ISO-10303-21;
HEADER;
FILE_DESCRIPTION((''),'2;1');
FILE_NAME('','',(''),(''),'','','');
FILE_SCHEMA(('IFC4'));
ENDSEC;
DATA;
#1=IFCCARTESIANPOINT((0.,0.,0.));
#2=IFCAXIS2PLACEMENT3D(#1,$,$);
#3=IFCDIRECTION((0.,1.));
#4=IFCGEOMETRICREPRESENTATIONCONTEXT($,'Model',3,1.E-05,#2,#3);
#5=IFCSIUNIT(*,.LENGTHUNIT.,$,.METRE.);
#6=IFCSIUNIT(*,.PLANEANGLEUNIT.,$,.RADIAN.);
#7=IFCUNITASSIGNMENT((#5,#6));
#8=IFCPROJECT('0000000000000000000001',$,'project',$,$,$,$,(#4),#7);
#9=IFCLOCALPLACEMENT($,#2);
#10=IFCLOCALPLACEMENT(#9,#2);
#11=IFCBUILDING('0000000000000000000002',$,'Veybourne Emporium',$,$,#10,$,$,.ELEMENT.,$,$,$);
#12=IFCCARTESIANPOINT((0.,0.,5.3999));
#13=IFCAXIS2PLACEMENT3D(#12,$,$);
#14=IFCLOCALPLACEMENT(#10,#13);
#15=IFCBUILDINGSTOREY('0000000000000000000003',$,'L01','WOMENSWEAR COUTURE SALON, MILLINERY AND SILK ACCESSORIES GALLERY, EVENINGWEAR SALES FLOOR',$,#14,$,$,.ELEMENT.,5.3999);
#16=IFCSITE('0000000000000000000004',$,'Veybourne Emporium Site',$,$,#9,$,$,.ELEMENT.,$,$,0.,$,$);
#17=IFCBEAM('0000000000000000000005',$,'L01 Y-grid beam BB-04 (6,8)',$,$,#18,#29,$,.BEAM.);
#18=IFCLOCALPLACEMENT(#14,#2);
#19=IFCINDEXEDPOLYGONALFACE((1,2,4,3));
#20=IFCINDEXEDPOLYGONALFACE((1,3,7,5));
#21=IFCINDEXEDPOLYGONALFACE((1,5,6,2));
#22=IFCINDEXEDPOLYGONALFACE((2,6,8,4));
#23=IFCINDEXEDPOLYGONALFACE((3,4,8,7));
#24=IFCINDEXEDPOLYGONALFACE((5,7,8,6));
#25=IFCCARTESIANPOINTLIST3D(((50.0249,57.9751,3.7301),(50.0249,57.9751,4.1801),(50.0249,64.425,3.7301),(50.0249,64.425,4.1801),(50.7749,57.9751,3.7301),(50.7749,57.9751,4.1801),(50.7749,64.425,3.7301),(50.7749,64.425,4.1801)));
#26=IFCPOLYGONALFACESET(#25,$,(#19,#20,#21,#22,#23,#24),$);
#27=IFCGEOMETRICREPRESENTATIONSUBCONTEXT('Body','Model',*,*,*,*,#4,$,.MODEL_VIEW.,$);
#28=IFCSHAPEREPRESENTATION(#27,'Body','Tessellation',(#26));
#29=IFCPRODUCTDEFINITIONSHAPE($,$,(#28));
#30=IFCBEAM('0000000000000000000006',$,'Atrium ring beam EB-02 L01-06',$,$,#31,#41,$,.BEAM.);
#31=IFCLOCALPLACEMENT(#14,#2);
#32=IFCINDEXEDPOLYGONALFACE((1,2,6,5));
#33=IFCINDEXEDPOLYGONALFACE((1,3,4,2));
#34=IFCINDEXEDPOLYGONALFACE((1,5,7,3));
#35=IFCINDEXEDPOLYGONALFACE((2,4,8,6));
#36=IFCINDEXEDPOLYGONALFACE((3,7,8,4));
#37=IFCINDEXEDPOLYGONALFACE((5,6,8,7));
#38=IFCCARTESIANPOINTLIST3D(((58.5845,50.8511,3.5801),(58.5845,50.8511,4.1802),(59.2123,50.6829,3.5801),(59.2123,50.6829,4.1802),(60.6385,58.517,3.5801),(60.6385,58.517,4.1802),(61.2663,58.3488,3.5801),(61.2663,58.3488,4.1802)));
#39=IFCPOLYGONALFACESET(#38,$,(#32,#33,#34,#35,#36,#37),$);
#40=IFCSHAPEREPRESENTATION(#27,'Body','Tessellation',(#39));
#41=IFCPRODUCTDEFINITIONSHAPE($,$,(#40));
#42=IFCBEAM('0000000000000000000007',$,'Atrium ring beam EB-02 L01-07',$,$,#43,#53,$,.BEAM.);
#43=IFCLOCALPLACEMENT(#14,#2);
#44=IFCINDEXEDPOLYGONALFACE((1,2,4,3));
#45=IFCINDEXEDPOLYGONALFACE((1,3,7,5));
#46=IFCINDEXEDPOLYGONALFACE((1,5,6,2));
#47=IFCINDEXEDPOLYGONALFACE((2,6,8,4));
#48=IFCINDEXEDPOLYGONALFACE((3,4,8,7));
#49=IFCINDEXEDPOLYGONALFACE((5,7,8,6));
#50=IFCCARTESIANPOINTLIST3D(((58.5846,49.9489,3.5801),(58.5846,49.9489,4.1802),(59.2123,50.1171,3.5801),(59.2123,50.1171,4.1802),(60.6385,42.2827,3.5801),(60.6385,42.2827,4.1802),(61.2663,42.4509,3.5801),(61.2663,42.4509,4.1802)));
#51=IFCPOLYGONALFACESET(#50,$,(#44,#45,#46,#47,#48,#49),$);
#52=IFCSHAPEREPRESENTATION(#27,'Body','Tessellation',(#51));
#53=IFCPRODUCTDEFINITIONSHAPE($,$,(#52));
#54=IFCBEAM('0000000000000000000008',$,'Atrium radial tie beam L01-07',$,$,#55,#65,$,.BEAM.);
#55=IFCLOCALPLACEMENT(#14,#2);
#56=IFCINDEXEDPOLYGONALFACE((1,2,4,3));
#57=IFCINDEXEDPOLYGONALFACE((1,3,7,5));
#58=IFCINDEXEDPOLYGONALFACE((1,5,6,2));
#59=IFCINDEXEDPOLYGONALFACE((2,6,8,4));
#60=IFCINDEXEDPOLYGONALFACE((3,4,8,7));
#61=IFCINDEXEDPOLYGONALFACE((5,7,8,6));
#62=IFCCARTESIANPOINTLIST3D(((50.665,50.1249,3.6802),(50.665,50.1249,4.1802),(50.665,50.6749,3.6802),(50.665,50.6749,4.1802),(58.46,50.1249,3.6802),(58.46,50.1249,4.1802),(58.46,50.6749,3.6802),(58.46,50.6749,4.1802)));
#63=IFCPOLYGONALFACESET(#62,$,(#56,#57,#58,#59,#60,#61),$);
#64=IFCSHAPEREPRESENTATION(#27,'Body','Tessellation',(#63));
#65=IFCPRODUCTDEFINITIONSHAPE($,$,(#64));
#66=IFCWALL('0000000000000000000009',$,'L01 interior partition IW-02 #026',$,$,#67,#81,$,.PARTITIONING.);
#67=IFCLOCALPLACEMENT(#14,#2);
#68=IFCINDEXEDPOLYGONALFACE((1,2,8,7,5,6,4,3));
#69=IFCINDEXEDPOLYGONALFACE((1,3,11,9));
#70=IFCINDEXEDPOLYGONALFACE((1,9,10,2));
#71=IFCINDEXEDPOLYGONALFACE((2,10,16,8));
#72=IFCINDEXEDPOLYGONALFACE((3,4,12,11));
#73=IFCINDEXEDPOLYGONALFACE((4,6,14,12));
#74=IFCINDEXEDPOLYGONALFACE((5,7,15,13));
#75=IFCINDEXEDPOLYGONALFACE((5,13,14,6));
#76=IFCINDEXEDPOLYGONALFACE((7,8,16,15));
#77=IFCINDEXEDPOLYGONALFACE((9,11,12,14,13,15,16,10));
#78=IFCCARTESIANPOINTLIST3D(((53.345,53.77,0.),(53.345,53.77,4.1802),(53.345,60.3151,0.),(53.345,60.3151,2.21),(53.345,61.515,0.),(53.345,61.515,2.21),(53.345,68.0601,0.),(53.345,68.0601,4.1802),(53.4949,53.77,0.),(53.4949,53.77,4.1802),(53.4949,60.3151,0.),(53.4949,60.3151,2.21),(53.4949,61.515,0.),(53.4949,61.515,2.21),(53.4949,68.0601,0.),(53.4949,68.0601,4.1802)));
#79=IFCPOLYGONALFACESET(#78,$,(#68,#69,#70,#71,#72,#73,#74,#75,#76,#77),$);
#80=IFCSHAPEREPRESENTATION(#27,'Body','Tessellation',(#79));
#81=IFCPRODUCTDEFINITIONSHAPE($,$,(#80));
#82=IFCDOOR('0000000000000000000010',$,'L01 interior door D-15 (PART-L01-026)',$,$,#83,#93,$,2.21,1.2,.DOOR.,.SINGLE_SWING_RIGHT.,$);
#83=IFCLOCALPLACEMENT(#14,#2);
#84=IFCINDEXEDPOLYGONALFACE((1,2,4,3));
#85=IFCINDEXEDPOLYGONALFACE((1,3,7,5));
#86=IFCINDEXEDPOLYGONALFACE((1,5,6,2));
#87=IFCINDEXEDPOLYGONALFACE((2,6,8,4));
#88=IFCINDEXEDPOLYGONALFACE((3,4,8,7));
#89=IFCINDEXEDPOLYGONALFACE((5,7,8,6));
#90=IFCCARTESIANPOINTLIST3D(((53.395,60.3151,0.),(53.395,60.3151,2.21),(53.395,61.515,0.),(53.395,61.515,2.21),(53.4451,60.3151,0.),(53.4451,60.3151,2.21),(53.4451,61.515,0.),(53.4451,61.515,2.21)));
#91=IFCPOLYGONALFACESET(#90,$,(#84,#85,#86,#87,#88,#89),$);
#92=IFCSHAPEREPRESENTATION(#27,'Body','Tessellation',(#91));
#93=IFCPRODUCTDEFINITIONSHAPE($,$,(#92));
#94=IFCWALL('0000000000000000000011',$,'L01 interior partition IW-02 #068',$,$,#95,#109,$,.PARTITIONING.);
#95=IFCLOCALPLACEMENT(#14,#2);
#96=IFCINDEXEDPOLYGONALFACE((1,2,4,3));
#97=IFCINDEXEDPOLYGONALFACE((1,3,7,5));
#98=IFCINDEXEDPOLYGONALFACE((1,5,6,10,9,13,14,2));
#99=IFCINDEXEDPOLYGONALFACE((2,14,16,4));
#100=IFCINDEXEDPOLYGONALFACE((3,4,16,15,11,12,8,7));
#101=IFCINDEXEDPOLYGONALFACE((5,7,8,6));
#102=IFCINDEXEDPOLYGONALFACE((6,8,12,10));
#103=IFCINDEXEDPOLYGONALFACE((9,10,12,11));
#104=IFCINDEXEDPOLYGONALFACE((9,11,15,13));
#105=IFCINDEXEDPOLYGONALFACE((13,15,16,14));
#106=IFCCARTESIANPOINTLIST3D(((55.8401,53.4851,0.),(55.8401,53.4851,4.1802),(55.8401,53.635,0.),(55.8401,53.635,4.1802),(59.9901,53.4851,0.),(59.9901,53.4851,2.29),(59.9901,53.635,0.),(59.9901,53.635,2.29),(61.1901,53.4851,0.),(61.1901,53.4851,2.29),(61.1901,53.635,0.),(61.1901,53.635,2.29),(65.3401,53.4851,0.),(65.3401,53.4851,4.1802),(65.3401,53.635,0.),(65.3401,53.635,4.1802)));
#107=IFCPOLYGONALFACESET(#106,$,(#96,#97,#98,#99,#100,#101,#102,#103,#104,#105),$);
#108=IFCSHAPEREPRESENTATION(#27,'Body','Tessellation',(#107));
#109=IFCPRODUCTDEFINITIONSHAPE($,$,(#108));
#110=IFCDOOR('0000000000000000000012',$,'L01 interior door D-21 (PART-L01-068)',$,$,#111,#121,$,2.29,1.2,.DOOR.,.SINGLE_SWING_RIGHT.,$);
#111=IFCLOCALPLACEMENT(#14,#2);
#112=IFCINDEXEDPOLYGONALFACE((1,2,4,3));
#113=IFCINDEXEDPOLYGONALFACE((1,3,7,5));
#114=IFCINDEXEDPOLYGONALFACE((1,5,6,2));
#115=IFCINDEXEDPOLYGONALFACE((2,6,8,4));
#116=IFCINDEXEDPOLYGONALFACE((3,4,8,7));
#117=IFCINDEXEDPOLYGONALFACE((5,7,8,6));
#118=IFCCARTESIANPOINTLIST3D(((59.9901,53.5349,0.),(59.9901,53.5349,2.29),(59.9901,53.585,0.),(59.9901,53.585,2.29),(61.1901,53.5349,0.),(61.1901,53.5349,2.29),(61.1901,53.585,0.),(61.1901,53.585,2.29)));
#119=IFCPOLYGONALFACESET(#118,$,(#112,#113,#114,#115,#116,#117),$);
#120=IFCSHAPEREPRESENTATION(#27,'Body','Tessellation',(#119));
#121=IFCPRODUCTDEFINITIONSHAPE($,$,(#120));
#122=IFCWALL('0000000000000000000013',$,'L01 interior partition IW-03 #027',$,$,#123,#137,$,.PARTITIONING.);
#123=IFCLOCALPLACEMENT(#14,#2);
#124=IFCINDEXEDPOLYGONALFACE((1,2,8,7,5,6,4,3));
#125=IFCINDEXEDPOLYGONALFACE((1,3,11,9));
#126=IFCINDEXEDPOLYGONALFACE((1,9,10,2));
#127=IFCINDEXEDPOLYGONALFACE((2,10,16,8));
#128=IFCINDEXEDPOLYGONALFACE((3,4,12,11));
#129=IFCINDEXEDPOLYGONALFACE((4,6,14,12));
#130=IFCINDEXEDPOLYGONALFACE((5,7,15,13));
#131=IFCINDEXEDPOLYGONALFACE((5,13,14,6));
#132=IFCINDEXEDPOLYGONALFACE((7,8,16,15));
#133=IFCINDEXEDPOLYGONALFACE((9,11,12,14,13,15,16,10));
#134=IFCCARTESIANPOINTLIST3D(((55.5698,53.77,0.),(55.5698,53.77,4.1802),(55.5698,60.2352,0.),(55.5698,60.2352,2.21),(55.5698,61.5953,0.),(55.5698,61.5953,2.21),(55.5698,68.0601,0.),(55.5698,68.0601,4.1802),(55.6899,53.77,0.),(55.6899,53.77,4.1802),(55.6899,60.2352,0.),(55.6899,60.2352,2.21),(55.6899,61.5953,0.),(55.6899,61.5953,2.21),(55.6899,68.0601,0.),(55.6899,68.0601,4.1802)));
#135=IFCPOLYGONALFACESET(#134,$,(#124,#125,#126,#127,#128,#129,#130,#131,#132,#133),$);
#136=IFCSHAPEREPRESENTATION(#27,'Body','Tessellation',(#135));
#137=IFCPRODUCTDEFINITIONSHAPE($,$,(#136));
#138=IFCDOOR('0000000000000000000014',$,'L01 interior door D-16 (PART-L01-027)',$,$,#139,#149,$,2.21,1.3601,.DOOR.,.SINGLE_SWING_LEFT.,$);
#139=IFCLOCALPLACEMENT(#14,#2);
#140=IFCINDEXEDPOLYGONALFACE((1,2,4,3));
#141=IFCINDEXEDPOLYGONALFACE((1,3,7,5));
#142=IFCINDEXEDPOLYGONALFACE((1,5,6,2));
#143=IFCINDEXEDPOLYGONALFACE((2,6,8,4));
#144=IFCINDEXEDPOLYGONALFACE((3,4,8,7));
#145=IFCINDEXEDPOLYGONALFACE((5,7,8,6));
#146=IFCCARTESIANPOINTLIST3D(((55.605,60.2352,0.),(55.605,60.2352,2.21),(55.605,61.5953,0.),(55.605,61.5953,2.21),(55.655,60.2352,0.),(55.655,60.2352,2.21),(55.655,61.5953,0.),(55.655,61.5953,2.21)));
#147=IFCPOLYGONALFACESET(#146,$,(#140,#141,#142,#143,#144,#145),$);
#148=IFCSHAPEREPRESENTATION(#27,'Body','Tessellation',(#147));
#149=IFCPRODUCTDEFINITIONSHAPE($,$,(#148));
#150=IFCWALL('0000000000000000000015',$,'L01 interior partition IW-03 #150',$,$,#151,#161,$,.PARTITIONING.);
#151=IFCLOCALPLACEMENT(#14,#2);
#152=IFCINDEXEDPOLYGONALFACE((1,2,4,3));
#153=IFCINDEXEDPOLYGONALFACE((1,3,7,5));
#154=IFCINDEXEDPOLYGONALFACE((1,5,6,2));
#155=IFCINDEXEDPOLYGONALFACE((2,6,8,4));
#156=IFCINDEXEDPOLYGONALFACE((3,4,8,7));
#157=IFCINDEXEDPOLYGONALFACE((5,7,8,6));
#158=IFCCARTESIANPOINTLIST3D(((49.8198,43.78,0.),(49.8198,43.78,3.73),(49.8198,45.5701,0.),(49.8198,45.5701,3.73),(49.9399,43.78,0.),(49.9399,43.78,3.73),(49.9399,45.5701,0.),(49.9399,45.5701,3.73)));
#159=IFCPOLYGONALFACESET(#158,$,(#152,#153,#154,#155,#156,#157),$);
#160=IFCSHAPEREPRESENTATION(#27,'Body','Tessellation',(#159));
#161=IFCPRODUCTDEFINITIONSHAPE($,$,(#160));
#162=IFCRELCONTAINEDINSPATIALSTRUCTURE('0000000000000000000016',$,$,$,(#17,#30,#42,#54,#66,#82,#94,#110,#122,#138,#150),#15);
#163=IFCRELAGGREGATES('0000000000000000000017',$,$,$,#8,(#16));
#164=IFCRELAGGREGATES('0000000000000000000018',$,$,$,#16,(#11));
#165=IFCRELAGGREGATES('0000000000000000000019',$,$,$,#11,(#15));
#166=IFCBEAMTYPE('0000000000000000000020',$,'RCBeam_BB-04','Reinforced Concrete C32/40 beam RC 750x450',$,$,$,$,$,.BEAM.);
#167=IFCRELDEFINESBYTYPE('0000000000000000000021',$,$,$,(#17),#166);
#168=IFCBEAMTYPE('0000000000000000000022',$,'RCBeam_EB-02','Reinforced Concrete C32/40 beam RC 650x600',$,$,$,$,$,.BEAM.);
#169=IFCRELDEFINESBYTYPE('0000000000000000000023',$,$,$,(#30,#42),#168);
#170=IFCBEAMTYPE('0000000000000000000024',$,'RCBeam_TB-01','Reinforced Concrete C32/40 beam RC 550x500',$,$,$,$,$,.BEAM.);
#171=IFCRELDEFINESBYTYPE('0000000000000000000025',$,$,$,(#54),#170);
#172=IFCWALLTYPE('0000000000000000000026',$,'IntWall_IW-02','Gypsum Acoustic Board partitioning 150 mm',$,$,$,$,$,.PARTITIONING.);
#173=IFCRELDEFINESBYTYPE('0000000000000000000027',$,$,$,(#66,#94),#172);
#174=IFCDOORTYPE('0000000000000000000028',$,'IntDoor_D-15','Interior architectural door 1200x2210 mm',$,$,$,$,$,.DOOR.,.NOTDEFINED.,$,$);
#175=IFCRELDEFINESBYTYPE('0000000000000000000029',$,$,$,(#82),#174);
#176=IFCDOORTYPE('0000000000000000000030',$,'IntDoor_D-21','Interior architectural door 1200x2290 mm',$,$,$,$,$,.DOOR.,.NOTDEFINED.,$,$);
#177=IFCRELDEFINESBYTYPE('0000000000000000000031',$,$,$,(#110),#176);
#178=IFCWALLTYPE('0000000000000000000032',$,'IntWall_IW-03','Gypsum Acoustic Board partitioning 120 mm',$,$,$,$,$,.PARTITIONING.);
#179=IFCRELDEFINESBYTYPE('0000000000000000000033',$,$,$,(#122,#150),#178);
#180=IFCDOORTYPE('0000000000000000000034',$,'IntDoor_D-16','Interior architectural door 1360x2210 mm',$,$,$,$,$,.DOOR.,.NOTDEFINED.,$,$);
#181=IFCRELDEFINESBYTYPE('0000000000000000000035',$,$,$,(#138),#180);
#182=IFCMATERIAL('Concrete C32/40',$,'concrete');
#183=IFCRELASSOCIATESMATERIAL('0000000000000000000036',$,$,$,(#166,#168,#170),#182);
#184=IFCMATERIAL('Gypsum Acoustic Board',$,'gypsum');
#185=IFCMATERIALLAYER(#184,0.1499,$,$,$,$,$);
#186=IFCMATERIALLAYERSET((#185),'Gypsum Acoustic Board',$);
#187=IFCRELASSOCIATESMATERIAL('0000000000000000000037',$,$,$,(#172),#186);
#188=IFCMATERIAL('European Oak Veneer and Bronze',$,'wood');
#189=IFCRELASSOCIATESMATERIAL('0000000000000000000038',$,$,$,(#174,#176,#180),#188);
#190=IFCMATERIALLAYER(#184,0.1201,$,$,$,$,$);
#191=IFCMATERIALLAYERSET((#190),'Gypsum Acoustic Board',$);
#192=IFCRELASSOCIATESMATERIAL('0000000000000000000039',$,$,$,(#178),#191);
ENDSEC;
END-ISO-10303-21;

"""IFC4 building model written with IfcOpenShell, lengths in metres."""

from ifc_helpers import new_model, si_unit, direction, frame, frame_2d, origin, origin_2d, place, context, subcontext, project, spatial, rectangle, extrude, material, layer, layer_set, material_profile, profile_set, type_object, element, fill, save


model = new_model("IFC4")

# Units and contexts
model_context = context("Model", 3, precision=1e-05, world=origin(), true_north=direction((0.0, 1.0)))
body_context = subcontext(model_context, "Body", "Model", "MODEL_VIEW")
ifc_project = project(units=[si_unit("LENGTHUNIT", "METRE"), si_unit("PLANEANGLEUNIT", "RADIAN")], contexts=[model_context])

# Site, building, storey
site_placement = place(None, origin())
site = spatial("IfcSite", under=ifc_project, at=site_placement, Name="Veybourne Emporium Site", CompositionType="ELEMENT", RefElevation=0.0)
building_placement = place(site_placement, origin())
building = spatial("IfcBuilding", under=site, at=building_placement, Name="Veybourne Emporium", CompositionType="ELEMENT")
storey_placement = place(building_placement, frame((0.0, 0.0, 5.3999)))
storey = spatial("IfcBuildingStorey", under=building, at=storey_placement, Name="L01", Description="WOMENSWEAR COUTURE SALON, MILLINERY AND SILK ACCESSORIES GALLERY, EVENINGWEAR SALES FLOOR", CompositionType="ELEMENT", Elevation=5.3999)

# Beams
ifc_material_1 = material(Name="Concrete C32/40", Category="concrete")
ifc_material_profile_1 = material_profile(ifc_material_1, rectangle(XDim=0.75, YDim=0.45, at=origin_2d()), Name="RC 750x450")
ifc_profile_set_1 = profile_set([ifc_material_profile_1], Name="Concrete C32/40")
beam_type_1 = type_object("IfcBeamType", Name="RCBeam_BB-04", Description="Reinforced Concrete C32/40 beam RC 750x450", PredefinedType="BEAM", material=ifc_profile_set_1)
beam_1_placement = place(storey_placement, frame((50.3999, 57.9751, 3.9551), z_axis=(0.0, 1.0, 0.0), x_axis=(-1.0, 0.0, 0.0)))
element("IfcBeam", 1, at=beam_1_placement, inside=storey, type_object=beam_type_1, Name="L01 Y-grid beam BB-04 (6,8)", PredefinedType="BEAM", context=body_context, shape_type="SweptSolid", body=[
    extrude(rectangle(XDim=0.75, YDim=0.45, at=origin_2d()), origin(), (0.0, 0.0, 1.0), 6.45),
])
ifc_material_profile_2 = material_profile(ifc_material_1, rectangle(XDim=0.6499, YDim=0.6001, at=origin_2d()), Name="RC 650x600")
ifc_profile_set_2 = profile_set([ifc_material_profile_2], Name="Concrete C32/40")
beam_type_2 = type_object("IfcBeamType", Name="RCBeam_EB-02", Description="Reinforced Concrete C32/40 beam RC 650x600", PredefinedType="BEAM", material=ifc_profile_set_2)
beam_2_placement = place(storey_placement, frame((60.9524, 58.4329, 3.8801), z_axis=(-0.258809, -0.965928, 0.0), x_axis=(0.965928, -0.258809, 0.0)))
element("IfcBeam", 2, at=beam_2_placement, inside=storey, type_object=beam_type_2, Name="Atrium ring beam EB-02 L01-06", PredefinedType="BEAM", context=body_context, shape_type="SweptSolid", body=[
    extrude(rectangle(XDim=0.6499, YDim=0.6001, at=origin_2d()), origin(), (0.0, 0.0, 1.0), 7.9363),
])
beam_3_placement = place(storey_placement, frame((58.8984, 50.033, 3.8801), z_axis=(0.258802, -0.96593, 0.0), x_axis=(0.96593, 0.258802, 0.0)))
element("IfcBeam", 3, at=beam_3_placement, inside=storey, type_object=beam_type_2, Name="Atrium ring beam EB-02 L01-07", PredefinedType="BEAM", context=body_context, shape_type="SweptSolid", body=[
    extrude(rectangle(XDim=0.6499, YDim=0.6001, at=origin_2d()), origin(), (0.0, 0.0, 1.0), 7.9365),
])
ifc_material_profile_3 = material_profile(ifc_material_1, rectangle(XDim=0.55, YDim=0.5, at=origin_2d()), Name="RC 550x500")
ifc_profile_set_3 = profile_set([ifc_material_profile_3], Name="Concrete C32/40")
beam_type_3 = type_object("IfcBeamType", Name="RCBeam_TB-01", Description="Reinforced Concrete C32/40 beam RC 550x500", PredefinedType="BEAM", material=ifc_profile_set_3)
beam_4_placement = place(storey_placement, frame((58.46, 50.3999, 3.9302), z_axis=(-1.0, 0.0, 0.0), x_axis=(0.0, -1.0, 0.0)))
element("IfcBeam", 4, at=beam_4_placement, inside=storey, type_object=beam_type_3, Name="Atrium radial tie beam L01-07", PredefinedType="BEAM", context=body_context, shape_type="SweptSolid", body=[
    extrude(rectangle(XDim=0.55, YDim=0.5, at=origin_2d()), origin(), (0.0, 0.0, 1.0), 7.7949),
])

# Walls, openings, doors
ifc_material_2 = material(Name="Gypsum Acoustic Board", Category="gypsum")
ifc_layer_1 = layer(ifc_material_2, 0.1499)
ifc_layer_set_1 = layer_set([ifc_layer_1], Name="Gypsum Acoustic Board")
wall_type_1 = type_object("IfcWallType", Name="IntWall_IW-02", Description="Gypsum Acoustic Board partitioning 150 mm", PredefinedType="PARTITIONING", material=ifc_layer_set_1)
wall_1_placement = place(storey_placement, frame((53.4199, 53.77, 0.0), z_axis=(0.0, 0.0, 1.0), x_axis=(0.0, 1.0, 0.0)))
wall_1 = element("IfcWall", 5, at=wall_1_placement, inside=storey, type_object=wall_type_1, Name="L01 interior partition IW-02 #026", PredefinedType="PARTITIONING", context=body_context, shape_type="SweptSolid", body=[
    extrude(rectangle(XDim=14.29, YDim=0.1499, at=frame_2d((7.145, 0.0))), origin(), (0.0, 0.0, 1.0), 4.1802),
])
opening_1_placement = place(wall_1_placement, frame((6.5449, 0.0, 0.0)))
opening_1 = element("IfcOpeningElement", 6, at=opening_1_placement, cuts=wall_1, PredefinedType="OPENING", context=body_context, shape_type="SweptSolid", body=[
    extrude(rectangle(XDim=1.2, YDim=2.21, at=frame_2d((0.6001, 1.105))), frame((0.0, 0.095, 0.0), z_axis=(0.0, -1.0, 0.0), x_axis=(1.0, 0.0, 0.0)), (0.0, 0.0, 1.0), 0.1899),
])
ifc_material_3 = material(Name="European Oak Veneer and Bronze", Category="wood")
door_type_1 = type_object("IfcDoorType", Name="IntDoor_D-15", Description="Interior architectural door 1200x2210 mm", OperationType="NOTDEFINED", PredefinedType="DOOR", material=ifc_material_3)
door_1_placement = place(opening_1_placement, origin())
door_1 = element("IfcDoor", 7, at=door_1_placement, inside=storey, type_object=door_type_1, Name="L01 interior door D-15 (PART-L01-026)", OperationType="SINGLE_SWING_RIGHT", OverallHeight=2.21, OverallWidth=1.2, PredefinedType="DOOR", context=body_context, shape_type="SweptSolid", body=[
    extrude(rectangle(XDim=1.2, YDim=2.21, at=frame_2d((0.6001, 1.105))), frame((0.0, 0.0249, 0.0), z_axis=(0.0, -1.0, 0.0), x_axis=(1.0, 0.0, 0.0)), (0.0, 0.0, 1.0), 0.05),
])
fill(opening_1, door_1)
wall_2_placement = place(storey_placement, frame((55.8401, 53.5601, 0.0), z_axis=(0.0, 0.0, 1.0), x_axis=(1.0, 0.0, 0.0)))
wall_2 = element("IfcWall", 8, at=wall_2_placement, inside=storey, type_object=wall_type_1, Name="L01 interior partition IW-02 #068", PredefinedType="PARTITIONING", context=body_context, shape_type="SweptSolid", body=[
    extrude(rectangle(XDim=9.5, YDim=0.1499, at=frame_2d((4.75, 0.0))), origin(), (0.0, 0.0, 1.0), 4.1802),
])
opening_2_placement = place(wall_2_placement, frame((4.1499, 0.0, 0.0)))
opening_2 = element("IfcOpeningElement", 9, at=opening_2_placement, cuts=wall_2, PredefinedType="OPENING", context=body_context, shape_type="SweptSolid", body=[
    extrude(rectangle(XDim=1.2, YDim=2.29, at=frame_2d((0.6001, 1.145))), frame((0.0, 0.095, 0.0), z_axis=(0.0, -1.0, 0.0), x_axis=(1.0, 0.0, 0.0)), (0.0, 0.0, 1.0), 0.1899),
])
door_type_2 = type_object("IfcDoorType", Name="IntDoor_D-21", Description="Interior architectural door 1200x2290 mm", OperationType="NOTDEFINED", PredefinedType="DOOR", material=ifc_material_3)
door_2_placement = place(opening_2_placement, origin())
door_2 = element("IfcDoor", 10, at=door_2_placement, inside=storey, type_object=door_type_2, Name="L01 interior door D-21 (PART-L01-068)", OperationType="SINGLE_SWING_RIGHT", OverallHeight=2.29, OverallWidth=1.2, PredefinedType="DOOR", context=body_context, shape_type="SweptSolid", body=[
    extrude(rectangle(XDim=1.2, YDim=2.29, at=frame_2d((0.6001, 1.145))), frame((0.0, 0.0249, 0.0), z_axis=(0.0, -1.0, 0.0), x_axis=(1.0, 0.0, 0.0)), (0.0, 0.0, 1.0), 0.05),
])
fill(opening_2, door_2)
ifc_layer_2 = layer(ifc_material_2, 0.1201)
ifc_layer_set_2 = layer_set([ifc_layer_2], Name="Gypsum Acoustic Board")
wall_type_2 = type_object("IfcWallType", Name="IntWall_IW-03", Description="Gypsum Acoustic Board partitioning 120 mm", PredefinedType="PARTITIONING", material=ifc_layer_set_2)
wall_3_placement = place(storey_placement, frame((55.6299, 53.77, 0.0), z_axis=(0.0, 0.0, 1.0), x_axis=(0.0, 1.0, 0.0)))
wall_3 = element("IfcWall", 11, at=wall_3_placement, inside=storey, type_object=wall_type_2, Name="L01 interior partition IW-03 #027", PredefinedType="PARTITIONING", context=body_context, shape_type="SweptSolid", body=[
    extrude(rectangle(XDim=14.29, YDim=0.1201, at=frame_2d((7.145, 0.0))), origin(), (0.0, 0.0, 1.0), 4.1802),
])
opening_3_placement = place(wall_3_placement, frame((6.4651, 0.0, 0.0)))
opening_3 = element("IfcOpeningElement", 12, at=opening_3_placement, cuts=wall_3, PredefinedType="OPENING", context=body_context, shape_type="SweptSolid", body=[
    extrude(rectangle(XDim=1.3601, YDim=2.21, at=frame_2d((0.6802, 1.105))), frame((0.0, 0.0801, 0.0), z_axis=(0.0, -1.0, 0.0), x_axis=(1.0, 0.0, 0.0)), (0.0, 0.0, 1.0), 0.1602),
])
door_type_3 = type_object("IfcDoorType", Name="IntDoor_D-16", Description="Interior architectural door 1360x2210 mm", OperationType="NOTDEFINED", PredefinedType="DOOR", material=ifc_material_3)
door_3_placement = place(opening_3_placement, origin())
door_3 = element("IfcDoor", 13, at=door_3_placement, inside=storey, type_object=door_type_3, Name="L01 interior door D-16 (PART-L01-027)", OperationType="SINGLE_SWING_LEFT", OverallHeight=2.21, OverallWidth=1.3601, PredefinedType="DOOR", context=body_context, shape_type="SweptSolid", body=[
    extrude(rectangle(XDim=1.3601, YDim=2.21, at=frame_2d((0.6802, 1.105))), frame((0.0, 0.0249, 0.0), z_axis=(0.0, -1.0, 0.0), x_axis=(1.0, 0.0, 0.0)), (0.0, 0.0, 1.0), 0.05),
])
fill(opening_3, door_3)

# Wall
wall_4_placement = place(storey_placement, frame((49.8799, 43.78, 0.0), z_axis=(0.0, 0.0, 1.0), x_axis=(0.0, 1.0, 0.0)))
element("IfcWall", 14, at=wall_4_placement, inside=storey, type_object=wall_type_2, Name="L01 interior partition IW-03 #150", PredefinedType="PARTITIONING", context=body_context, shape_type="SweptSolid", body=[
    extrude(rectangle(XDim=1.79, YDim=0.1201, at=frame_2d((0.895, 0.0))), origin(), (0.0, 0.0, 1.0), 3.73),
])

save(model, "model.ifc")
